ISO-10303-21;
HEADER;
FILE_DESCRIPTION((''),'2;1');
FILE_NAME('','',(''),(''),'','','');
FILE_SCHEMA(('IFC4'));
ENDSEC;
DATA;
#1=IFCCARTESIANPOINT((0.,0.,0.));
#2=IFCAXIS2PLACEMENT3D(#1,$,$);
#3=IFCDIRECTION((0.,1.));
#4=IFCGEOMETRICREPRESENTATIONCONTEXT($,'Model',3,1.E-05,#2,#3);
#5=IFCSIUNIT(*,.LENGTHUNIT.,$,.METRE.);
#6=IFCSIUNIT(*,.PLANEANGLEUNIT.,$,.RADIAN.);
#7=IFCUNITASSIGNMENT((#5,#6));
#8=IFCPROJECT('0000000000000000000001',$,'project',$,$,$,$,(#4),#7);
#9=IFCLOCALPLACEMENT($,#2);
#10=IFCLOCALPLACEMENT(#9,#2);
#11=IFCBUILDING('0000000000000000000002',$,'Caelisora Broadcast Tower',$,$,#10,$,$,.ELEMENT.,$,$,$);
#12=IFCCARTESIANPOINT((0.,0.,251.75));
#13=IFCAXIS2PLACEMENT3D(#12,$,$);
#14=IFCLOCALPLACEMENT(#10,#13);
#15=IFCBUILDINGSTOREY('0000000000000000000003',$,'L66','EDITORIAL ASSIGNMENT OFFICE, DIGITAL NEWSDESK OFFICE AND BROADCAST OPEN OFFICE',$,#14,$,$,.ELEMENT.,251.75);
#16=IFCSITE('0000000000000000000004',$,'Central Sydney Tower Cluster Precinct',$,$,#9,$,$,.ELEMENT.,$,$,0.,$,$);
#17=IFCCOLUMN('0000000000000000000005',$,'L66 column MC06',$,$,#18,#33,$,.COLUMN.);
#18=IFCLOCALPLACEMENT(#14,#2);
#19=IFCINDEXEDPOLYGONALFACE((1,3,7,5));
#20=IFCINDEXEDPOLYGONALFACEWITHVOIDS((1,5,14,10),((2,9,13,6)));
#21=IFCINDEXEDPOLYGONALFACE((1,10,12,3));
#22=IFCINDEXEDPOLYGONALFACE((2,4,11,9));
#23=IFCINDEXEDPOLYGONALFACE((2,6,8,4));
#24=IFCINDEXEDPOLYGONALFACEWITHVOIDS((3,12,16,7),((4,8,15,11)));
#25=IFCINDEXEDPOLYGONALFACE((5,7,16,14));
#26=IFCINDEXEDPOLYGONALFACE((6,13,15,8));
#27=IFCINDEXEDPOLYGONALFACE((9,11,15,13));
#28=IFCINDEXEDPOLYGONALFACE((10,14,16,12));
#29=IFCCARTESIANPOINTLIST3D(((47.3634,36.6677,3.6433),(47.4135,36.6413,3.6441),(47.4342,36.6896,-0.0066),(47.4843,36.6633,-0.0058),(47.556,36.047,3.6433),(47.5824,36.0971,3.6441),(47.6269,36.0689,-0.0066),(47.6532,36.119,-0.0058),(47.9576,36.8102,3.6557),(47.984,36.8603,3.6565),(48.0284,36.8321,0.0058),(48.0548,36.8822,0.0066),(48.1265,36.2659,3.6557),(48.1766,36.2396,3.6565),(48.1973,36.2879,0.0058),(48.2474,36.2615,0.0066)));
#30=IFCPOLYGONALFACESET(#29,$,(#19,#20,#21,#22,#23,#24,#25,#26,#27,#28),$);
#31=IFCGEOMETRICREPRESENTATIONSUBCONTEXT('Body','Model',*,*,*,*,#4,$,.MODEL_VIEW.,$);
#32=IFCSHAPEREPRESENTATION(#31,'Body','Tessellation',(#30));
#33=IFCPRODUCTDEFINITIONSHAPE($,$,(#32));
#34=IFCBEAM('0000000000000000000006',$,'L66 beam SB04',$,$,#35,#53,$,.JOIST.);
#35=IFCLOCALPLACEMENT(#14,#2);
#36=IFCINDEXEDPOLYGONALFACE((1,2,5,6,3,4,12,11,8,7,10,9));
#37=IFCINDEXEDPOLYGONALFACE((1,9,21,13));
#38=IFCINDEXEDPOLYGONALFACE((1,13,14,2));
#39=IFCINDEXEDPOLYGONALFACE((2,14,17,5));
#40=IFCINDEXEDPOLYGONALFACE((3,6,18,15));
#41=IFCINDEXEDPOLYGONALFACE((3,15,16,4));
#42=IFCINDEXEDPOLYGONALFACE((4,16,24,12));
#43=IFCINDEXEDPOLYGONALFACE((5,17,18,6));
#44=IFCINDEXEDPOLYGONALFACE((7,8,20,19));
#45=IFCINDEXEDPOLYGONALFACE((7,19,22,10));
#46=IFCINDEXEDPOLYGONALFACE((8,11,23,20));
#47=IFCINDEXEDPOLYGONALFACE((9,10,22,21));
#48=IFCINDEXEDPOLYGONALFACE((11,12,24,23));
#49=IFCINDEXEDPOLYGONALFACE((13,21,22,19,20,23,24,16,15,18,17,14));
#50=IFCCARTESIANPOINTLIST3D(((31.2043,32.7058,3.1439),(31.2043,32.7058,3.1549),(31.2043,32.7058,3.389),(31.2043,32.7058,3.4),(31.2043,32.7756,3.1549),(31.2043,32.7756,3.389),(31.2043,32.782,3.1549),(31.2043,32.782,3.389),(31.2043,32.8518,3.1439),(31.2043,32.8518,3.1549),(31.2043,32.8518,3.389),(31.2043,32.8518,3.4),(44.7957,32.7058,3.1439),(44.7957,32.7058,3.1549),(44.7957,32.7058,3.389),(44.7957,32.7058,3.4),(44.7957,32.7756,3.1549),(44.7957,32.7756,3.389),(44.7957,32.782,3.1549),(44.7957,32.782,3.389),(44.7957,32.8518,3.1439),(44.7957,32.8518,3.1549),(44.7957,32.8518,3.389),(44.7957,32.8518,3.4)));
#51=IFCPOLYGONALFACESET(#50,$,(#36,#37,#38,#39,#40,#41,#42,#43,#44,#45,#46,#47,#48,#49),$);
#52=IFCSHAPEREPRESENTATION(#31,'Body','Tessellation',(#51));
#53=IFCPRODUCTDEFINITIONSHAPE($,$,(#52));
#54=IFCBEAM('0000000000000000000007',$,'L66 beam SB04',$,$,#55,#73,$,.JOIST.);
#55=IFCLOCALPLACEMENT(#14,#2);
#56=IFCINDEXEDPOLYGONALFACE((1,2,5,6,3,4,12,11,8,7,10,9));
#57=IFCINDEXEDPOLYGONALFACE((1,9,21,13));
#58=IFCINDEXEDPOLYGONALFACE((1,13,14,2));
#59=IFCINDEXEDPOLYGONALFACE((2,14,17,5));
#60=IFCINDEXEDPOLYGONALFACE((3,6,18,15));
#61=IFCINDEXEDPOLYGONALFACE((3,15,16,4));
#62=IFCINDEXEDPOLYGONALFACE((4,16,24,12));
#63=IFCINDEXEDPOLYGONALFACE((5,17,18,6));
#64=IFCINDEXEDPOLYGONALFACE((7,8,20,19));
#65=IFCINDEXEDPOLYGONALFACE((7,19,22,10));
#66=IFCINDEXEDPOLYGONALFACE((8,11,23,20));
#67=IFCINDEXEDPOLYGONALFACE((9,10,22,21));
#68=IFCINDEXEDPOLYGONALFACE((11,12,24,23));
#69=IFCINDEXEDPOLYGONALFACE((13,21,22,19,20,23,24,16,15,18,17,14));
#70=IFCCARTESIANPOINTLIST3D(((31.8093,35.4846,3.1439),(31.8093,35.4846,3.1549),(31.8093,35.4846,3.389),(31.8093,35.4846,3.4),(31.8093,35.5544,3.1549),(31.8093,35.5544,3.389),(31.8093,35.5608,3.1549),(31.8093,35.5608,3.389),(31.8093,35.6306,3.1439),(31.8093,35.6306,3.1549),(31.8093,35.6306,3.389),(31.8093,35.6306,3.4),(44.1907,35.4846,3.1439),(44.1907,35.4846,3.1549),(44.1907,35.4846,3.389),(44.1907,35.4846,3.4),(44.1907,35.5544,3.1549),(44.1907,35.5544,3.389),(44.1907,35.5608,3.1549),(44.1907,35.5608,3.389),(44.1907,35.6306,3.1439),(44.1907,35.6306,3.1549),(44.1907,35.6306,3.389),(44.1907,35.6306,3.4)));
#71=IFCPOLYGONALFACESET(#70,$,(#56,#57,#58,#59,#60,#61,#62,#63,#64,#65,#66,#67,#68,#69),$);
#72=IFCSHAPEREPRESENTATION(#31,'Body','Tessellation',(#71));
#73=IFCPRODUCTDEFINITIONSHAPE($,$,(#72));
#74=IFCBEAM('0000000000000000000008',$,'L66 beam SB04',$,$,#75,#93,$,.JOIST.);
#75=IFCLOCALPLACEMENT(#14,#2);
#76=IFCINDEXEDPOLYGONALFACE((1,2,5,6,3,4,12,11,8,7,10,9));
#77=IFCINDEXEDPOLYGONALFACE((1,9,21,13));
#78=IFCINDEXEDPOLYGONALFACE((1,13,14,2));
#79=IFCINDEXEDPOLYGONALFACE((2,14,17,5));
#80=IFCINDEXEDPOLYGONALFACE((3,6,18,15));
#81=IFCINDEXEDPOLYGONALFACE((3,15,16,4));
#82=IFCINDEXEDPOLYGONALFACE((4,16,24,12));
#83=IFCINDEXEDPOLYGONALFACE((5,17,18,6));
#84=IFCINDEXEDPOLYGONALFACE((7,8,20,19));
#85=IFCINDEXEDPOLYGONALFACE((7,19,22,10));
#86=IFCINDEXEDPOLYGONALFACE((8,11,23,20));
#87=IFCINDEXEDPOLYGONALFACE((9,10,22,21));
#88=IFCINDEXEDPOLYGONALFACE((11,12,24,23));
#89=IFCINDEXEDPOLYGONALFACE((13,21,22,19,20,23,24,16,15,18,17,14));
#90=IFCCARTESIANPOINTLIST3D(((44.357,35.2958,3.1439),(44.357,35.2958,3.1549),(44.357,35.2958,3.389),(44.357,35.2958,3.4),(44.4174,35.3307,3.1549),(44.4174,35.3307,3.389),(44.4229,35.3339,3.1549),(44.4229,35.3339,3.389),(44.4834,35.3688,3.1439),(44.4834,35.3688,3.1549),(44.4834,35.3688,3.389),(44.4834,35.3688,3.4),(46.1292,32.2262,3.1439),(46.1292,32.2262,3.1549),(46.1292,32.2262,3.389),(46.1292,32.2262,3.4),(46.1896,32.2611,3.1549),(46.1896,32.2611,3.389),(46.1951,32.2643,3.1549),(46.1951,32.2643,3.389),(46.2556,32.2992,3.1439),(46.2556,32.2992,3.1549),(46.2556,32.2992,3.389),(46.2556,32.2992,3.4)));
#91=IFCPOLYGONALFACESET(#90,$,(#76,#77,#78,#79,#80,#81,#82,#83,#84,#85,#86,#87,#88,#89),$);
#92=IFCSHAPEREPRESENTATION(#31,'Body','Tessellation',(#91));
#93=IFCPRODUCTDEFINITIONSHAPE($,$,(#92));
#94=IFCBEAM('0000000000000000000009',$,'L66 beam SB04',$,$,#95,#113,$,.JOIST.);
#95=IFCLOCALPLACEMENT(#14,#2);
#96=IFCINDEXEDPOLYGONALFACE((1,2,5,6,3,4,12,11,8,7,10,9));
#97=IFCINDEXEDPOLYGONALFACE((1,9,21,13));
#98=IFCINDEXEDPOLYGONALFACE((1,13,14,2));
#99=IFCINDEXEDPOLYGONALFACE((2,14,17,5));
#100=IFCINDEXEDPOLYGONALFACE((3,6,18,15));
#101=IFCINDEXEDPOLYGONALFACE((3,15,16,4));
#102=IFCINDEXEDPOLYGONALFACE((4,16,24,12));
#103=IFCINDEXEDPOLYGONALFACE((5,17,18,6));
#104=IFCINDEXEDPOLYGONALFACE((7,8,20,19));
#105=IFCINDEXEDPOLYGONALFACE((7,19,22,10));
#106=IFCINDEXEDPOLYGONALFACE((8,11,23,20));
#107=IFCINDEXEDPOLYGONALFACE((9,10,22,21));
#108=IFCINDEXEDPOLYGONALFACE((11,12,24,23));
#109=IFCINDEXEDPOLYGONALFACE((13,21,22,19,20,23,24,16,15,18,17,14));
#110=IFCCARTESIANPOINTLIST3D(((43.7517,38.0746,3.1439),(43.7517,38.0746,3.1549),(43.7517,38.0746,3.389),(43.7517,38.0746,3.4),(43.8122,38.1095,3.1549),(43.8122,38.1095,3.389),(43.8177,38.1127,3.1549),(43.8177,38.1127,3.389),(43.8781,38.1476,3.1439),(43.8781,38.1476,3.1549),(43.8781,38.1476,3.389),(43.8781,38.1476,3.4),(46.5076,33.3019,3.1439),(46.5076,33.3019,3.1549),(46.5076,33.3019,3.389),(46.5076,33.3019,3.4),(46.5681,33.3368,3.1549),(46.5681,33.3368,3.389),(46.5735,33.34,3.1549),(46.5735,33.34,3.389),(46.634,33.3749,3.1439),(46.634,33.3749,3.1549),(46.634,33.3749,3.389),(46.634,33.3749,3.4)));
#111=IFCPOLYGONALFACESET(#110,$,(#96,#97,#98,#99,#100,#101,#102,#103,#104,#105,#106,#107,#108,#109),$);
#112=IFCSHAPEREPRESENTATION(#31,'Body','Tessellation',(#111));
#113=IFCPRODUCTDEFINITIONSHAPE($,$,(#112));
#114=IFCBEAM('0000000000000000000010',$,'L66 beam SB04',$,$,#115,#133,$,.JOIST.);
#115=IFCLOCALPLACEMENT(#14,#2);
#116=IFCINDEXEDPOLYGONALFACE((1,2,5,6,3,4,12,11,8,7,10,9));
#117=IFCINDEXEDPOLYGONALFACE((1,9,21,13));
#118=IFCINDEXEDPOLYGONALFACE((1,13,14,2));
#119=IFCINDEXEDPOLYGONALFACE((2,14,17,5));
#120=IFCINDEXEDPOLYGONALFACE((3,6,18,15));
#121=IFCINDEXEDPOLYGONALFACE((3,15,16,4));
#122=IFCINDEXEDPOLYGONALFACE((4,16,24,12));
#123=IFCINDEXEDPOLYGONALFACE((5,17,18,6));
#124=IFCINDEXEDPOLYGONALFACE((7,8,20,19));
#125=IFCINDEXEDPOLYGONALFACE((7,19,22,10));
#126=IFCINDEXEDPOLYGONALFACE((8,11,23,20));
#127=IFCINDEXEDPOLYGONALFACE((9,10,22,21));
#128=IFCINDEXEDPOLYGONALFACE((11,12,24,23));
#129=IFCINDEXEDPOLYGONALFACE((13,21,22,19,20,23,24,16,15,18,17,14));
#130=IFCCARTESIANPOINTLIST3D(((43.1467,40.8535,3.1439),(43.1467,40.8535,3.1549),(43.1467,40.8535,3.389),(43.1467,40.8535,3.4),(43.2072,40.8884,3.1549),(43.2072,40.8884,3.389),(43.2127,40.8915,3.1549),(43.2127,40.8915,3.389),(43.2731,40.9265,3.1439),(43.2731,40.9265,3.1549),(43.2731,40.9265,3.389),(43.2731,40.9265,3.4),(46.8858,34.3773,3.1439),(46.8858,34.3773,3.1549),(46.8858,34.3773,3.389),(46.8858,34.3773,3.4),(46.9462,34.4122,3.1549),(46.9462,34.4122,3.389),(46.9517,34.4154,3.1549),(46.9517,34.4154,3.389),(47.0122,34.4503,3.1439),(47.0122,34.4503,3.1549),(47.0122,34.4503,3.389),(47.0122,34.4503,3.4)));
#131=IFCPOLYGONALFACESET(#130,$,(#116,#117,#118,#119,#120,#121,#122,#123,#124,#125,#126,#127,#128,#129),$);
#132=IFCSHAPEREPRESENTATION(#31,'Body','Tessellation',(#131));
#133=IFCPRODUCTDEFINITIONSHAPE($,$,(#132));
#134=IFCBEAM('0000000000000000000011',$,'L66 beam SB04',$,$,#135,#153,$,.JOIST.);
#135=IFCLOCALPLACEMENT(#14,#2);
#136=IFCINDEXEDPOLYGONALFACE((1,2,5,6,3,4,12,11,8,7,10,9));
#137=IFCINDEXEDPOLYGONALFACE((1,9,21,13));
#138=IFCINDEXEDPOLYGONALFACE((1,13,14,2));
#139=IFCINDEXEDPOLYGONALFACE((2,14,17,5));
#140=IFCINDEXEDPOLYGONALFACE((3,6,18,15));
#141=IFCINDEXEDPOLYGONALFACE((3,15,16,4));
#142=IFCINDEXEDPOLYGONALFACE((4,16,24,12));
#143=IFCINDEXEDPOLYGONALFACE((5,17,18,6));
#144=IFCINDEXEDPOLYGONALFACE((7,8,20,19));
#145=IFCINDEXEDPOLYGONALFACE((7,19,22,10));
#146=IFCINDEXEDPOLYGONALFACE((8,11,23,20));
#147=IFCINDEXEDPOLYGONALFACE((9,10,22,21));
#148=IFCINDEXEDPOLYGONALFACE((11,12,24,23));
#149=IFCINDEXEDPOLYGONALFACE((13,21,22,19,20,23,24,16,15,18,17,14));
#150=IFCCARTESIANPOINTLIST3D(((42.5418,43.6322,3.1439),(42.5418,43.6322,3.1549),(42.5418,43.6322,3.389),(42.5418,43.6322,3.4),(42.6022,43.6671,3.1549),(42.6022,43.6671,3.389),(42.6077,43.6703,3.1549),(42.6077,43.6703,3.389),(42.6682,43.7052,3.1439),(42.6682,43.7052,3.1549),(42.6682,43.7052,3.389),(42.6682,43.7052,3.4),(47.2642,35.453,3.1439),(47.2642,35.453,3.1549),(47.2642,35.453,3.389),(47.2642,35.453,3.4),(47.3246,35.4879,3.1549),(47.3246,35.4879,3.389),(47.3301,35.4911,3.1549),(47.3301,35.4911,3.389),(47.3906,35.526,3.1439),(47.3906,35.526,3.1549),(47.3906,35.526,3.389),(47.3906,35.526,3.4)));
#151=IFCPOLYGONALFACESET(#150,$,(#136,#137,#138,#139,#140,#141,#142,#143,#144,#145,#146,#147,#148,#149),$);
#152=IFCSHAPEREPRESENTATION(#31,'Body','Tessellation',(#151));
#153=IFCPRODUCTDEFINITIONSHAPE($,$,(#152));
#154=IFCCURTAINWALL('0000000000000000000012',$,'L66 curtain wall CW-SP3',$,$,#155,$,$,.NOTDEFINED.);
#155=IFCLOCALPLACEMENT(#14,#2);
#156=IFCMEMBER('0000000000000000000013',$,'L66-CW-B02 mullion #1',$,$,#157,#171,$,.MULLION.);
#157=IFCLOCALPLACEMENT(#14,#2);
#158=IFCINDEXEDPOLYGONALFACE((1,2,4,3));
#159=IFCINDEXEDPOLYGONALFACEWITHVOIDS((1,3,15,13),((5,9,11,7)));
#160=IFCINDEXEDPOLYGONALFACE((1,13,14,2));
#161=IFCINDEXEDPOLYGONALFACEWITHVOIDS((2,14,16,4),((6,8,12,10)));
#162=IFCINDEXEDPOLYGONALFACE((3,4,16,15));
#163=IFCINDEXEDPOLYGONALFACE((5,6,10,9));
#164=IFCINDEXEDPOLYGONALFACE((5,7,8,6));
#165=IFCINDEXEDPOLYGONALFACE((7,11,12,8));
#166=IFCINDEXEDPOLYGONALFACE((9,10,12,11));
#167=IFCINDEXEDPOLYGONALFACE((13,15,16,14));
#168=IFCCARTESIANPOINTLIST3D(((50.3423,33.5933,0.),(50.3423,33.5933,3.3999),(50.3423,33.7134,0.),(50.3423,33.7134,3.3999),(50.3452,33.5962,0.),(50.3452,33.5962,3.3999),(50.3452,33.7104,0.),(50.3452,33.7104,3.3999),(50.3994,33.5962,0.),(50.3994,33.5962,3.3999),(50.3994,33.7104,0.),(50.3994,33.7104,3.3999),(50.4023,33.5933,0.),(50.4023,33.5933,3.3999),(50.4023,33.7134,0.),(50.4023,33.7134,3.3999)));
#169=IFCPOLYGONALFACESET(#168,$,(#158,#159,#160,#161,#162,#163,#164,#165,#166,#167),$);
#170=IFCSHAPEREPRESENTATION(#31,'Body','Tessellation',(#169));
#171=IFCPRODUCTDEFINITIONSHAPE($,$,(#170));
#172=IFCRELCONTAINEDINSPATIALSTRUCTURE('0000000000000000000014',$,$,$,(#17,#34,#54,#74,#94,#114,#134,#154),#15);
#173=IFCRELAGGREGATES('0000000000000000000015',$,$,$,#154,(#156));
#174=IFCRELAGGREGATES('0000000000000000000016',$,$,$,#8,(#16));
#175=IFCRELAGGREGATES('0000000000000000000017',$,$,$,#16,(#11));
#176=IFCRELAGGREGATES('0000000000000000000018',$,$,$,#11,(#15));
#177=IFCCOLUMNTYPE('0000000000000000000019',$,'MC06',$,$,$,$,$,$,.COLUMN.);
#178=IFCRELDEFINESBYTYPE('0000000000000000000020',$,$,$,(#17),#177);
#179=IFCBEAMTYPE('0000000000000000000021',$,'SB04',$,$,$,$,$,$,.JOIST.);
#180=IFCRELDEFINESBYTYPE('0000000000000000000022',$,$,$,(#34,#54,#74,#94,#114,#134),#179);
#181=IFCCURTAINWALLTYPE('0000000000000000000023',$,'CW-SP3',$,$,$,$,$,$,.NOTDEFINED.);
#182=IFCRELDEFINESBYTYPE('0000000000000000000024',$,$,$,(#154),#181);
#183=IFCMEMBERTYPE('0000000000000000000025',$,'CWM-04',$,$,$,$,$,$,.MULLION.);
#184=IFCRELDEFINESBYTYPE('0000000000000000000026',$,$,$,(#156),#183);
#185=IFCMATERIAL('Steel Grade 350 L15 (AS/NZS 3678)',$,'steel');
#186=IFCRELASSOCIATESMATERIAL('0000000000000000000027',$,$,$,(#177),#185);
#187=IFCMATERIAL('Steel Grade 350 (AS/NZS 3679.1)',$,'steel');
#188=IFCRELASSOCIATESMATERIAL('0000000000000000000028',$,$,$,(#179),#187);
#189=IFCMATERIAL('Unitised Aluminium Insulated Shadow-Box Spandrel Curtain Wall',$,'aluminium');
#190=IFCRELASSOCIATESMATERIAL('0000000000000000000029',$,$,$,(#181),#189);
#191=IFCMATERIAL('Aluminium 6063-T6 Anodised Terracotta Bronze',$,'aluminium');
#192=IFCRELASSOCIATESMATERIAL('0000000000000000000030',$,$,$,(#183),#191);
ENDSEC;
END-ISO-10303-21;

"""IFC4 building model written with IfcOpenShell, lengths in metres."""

from ifc_helpers import new_model, si_unit, direction, frame, origin, origin_2d, place, context, subcontext, project, spatial, hollow_rectangle, i_section, extrude, source, transform, mapped, material, material_profile, profile_set, type_object, type_shapes, element, aggregate, save


model = new_model("IFC4")

# Units and contexts
model_context = context("Model", 3, precision=1e-05, world=origin(), true_north=direction((0.0, 1.0)))
body_context = subcontext(model_context, "Body", "Model", "MODEL_VIEW")
ifc_project = project(units=[si_unit("LENGTHUNIT", "METRE"), si_unit("PLANEANGLEUNIT", "RADIAN")], contexts=[model_context])

# Site, building, storey
site_placement = place(None, origin())
site = spatial("IfcSite", under=ifc_project, at=site_placement, Name="Central Sydney Tower Cluster Precinct", CompositionType="ELEMENT", RefElevation=0.0)
building_placement = place(site_placement, origin())
building = spatial("IfcBuilding", under=site, at=building_placement, Name="Caelisora Broadcast Tower", CompositionType="ELEMENT")
storey_placement = place(building_placement, frame((0.0, 0.0, 251.75)))
storey = spatial("IfcBuildingStorey", under=building, at=storey_placement, Name="L66", Description="EDITORIAL ASSIGNMENT OFFICE, DIGITAL NEWSDESK OFFICE AND BROADCAST OPEN OFFICE", CompositionType="ELEMENT", Elevation=251.75)

# Column
ifc_material_1 = material(Name="Steel Grade 350 L15 (AS/NZS 3678)", Category="steel")
ifc_material_profile_1 = material_profile(ifc_material_1, hollow_rectangle(XDim=0.6499, YDim=0.6499, WallThickness=0.04, at=origin_2d()), Name="Steel Grade 350 L15 (AS/NZS 3678)")
ifc_profile_set_1 = profile_set([ifc_material_profile_1], Name="Steel Grade 350 L15 (AS/NZS 3678)")
column_type = type_object("IfcColumnType", Name="MC06", PredefinedType="COLUMN", material=ifc_profile_set_1)
shared_shape_1 = source(origin(), body_context, "Body", "SweptSolid", [
    extrude(hollow_rectangle(XDim=0.6499, YDim=0.6499, WallThickness=0.04, at=origin_2d()), origin(), (0.0, 0.0, 1.0), 3.6506),
])
type_shapes(column_type, [shared_shape_1])
column_placement = place(storey_placement, frame((47.8408, 36.4756, 0.0), z_axis=(-0.019394, -0.006019, 0.999794), x_axis=(0.296399, -0.955064, 0.0)))
element("IfcColumn", 1, at=column_placement, inside=storey, type_object=column_type, Name="L66 column MC06", PredefinedType="COLUMN", context=body_context, shape_type="MappedRepresentation", body=[
    mapped(shared_shape_1, transform((0.0, 0.0, 0.0), scale=1.0)),
])

# Beams
ifc_material_2 = material(Name="Steel Grade 350 (AS/NZS 3679.1)", Category="steel")
ifc_material_profile_2 = material_profile(ifc_material_2, i_section(OverallWidth=0.146, OverallDepth=0.2561, WebThickness=0.0063, FlangeThickness=0.011, at=origin_2d()), Name="Steel Grade 350 (AS/NZS 3679.1)")
ifc_profile_set_2 = profile_set([ifc_material_profile_2], Name="Steel Grade 350 (AS/NZS 3679.1)")
beam_type = type_object("IfcBeamType", Name="SB04", PredefinedType="JOIST", material=ifc_profile_set_2)
shared_shape_2 = source(origin(), body_context, "Body", "SweptSolid", [
    extrude(i_section(OverallWidth=0.146, OverallDepth=0.2561, WebThickness=0.0063, FlangeThickness=0.011, at=origin_2d()), origin(), (0.0, 0.0, 1.0), 13.5913),
])
beam_1_placement = place(storey_placement, frame((44.7957, 32.7788, 3.272), z_axis=(-1.0, 0.0, 0.0), x_axis=(0.0, -1.0, 0.0)))
element("IfcBeam", 2, at=beam_1_placement, inside=storey, type_object=beam_type, Name="L66 beam SB04", PredefinedType="JOIST", context=body_context, shape_type="MappedRepresentation", body=[
    mapped(shared_shape_2, transform((0.0, 0.0, 0.0), scale=1.0)),
])
shared_shape_3 = source(origin(), body_context, "Body", "SweptSolid", [
    extrude(i_section(OverallWidth=0.146, OverallDepth=0.2561, WebThickness=0.0063, FlangeThickness=0.011, at=origin_2d()), origin(), (0.0, 0.0, 1.0), 12.3813),
])
beam_2_placement = place(storey_placement, frame((44.1907, 35.5576, 3.272), z_axis=(-1.0, 0.0, 0.0), x_axis=(0.0, -1.0, 0.0)))
element("IfcBeam", 3, at=beam_2_placement, inside=storey, type_object=beam_type, Name="L66 beam SB04", PredefinedType="JOIST", context=body_context, shape_type="MappedRepresentation", body=[
    mapped(shared_shape_3, transform((0.0, 0.0, 0.0), scale=1.0)),
])
shared_shape_4 = source(origin(), body_context, "Body", "SweptSolid", [
    extrude(i_section(OverallWidth=0.146, OverallDepth=0.2561, WebThickness=0.0063, FlangeThickness=0.011, at=origin_2d()), origin(), (0.0, 0.0, 1.0), 3.5444),
])
beam_3_placement = place(storey_placement, frame((46.1924, 32.2627, 3.272), z_axis=(-0.499999, 0.866026, 0.0), x_axis=(-0.866026, -0.499999, 0.0)))
element("IfcBeam", 4, at=beam_3_placement, inside=storey, type_object=beam_type, Name="L66 beam SB04", PredefinedType="JOIST", context=body_context, shape_type="MappedRepresentation", body=[
    mapped(shared_shape_4, transform((0.0, 0.0, 0.0), scale=1.0)),
])
shared_shape_5 = source(origin(), body_context, "Body", "SweptSolid", [
    extrude(i_section(OverallWidth=0.146, OverallDepth=0.2561, WebThickness=0.0063, FlangeThickness=0.011, at=origin_2d()), origin(), (0.0, 0.0, 1.0), 5.5112),
])
beam_4_placement = place(storey_placement, frame((46.5708, 33.3384, 3.272), z_axis=(-0.500046, 0.865999, 0.0), x_axis=(-0.865999, -0.500046, 0.0)))
element("IfcBeam", 5, at=beam_4_placement, inside=storey, type_object=beam_type, Name="L66 beam SB04", PredefinedType="JOIST", context=body_context, shape_type="MappedRepresentation", body=[
    mapped(shared_shape_5, transform((0.0, 0.0, 0.0), scale=1.0)),
])
shared_shape_6 = source(origin(), body_context, "Body", "SweptSolid", [
    extrude(i_section(OverallWidth=0.146, OverallDepth=0.2561, WebThickness=0.0063, FlangeThickness=0.011, at=origin_2d()), origin(), (0.0, 0.0, 1.0), 7.478),
])
beam_5_placement = place(storey_placement, frame((46.949, 34.4138, 3.272), z_axis=(-0.500005, 0.866022, 0.0), x_axis=(-0.866022, -0.500005, 0.0)))
element("IfcBeam", 6, at=beam_5_placement, inside=storey, type_object=beam_type, Name="L66 beam SB04", PredefinedType="JOIST", context=body_context, shape_type="MappedRepresentation", body=[
    mapped(shared_shape_6, transform((0.0, 0.0, 0.0), scale=1.0)),
])
shared_shape_7 = source(origin(), body_context, "Body", "SweptSolid", [
    extrude(i_section(OverallWidth=0.146, OverallDepth=0.2561, WebThickness=0.0063, FlangeThickness=0.011, at=origin_2d()), origin(), (0.0, 0.0, 1.0), 9.4446),
])
type_shapes(beam_type, [shared_shape_2, shared_shape_3, shared_shape_4, shared_shape_5, shared_shape_6, shared_shape_7])
beam_6_placement = place(storey_placement, frame((47.3274, 35.4895, 3.272), z_axis=(-0.500012, 0.866019, 0.0), x_axis=(-0.866019, -0.500012, 0.0)))
element("IfcBeam", 7, at=beam_6_placement, inside=storey, type_object=beam_type, Name="L66 beam SB04", PredefinedType="JOIST", context=body_context, shape_type="MappedRepresentation", body=[
    mapped(shared_shape_7, transform((0.0, 0.0, 0.0), scale=1.0)),
])

# Curtain wall, member
ifc_material_3 = material(Name="Unitised Aluminium Insulated Shadow-Box Spandrel Curtain Wall", Category="aluminium")
curtain_wall_type = type_object("IfcCurtainWallType", Name="CW-SP3", PredefinedType="NOTDEFINED", material=ifc_material_3)
curtain_wall_placement = place(storey_placement, origin())
curtain_wall = element("IfcCurtainWall", 8, at=curtain_wall_placement, inside=storey, type_object=curtain_wall_type, Name="L66 curtain wall CW-SP3", PredefinedType="NOTDEFINED")
ifc_material_4 = material(Name="Aluminium 6063-T6 Anodised Terracotta Bronze", Category="aluminium")
ifc_material_profile_3 = material_profile(ifc_material_4, hollow_rectangle(XDim=0.0601, YDim=0.1201, WallThickness=0.0029, at=origin_2d()), Name="Aluminium 6063-T6 Anodised Terracotta Bronze")
ifc_profile_set_3 = profile_set([ifc_material_profile_3], Name="Aluminium 6063-T6 Anodised Terracotta Bronze")
member_type = type_object("IfcMemberType", Name="CWM-04", PredefinedType="MULLION", material=ifc_profile_set_3)
shared_shape_8 = source(origin(), body_context, "Body", "SweptSolid", [
    extrude(hollow_rectangle(XDim=0.0601, YDim=0.1201, WallThickness=0.0029, at=origin_2d()), origin(), (0.0, 0.0, 1.0), 3.3999),
])
type_shapes(member_type, [shared_shape_8])
member_placement = place(storey_placement, frame((50.3723, 33.6533, 0.0), z_axis=(0.0, 0.0, 1.0), x_axis=(1.0, 0.0, 0.0)))
member = element("IfcMember", 9, at=member_placement, type_object=member_type, Name="L66-CW-B02 mullion #1", PredefinedType="MULLION", context=body_context, shape_type="MappedRepresentation", body=[
    mapped(shared_shape_8, transform((0.0, 0.0, 0.0), scale=1.0)),
])

aggregate(curtain_wall, [member])

save(model, "model.ifc")
